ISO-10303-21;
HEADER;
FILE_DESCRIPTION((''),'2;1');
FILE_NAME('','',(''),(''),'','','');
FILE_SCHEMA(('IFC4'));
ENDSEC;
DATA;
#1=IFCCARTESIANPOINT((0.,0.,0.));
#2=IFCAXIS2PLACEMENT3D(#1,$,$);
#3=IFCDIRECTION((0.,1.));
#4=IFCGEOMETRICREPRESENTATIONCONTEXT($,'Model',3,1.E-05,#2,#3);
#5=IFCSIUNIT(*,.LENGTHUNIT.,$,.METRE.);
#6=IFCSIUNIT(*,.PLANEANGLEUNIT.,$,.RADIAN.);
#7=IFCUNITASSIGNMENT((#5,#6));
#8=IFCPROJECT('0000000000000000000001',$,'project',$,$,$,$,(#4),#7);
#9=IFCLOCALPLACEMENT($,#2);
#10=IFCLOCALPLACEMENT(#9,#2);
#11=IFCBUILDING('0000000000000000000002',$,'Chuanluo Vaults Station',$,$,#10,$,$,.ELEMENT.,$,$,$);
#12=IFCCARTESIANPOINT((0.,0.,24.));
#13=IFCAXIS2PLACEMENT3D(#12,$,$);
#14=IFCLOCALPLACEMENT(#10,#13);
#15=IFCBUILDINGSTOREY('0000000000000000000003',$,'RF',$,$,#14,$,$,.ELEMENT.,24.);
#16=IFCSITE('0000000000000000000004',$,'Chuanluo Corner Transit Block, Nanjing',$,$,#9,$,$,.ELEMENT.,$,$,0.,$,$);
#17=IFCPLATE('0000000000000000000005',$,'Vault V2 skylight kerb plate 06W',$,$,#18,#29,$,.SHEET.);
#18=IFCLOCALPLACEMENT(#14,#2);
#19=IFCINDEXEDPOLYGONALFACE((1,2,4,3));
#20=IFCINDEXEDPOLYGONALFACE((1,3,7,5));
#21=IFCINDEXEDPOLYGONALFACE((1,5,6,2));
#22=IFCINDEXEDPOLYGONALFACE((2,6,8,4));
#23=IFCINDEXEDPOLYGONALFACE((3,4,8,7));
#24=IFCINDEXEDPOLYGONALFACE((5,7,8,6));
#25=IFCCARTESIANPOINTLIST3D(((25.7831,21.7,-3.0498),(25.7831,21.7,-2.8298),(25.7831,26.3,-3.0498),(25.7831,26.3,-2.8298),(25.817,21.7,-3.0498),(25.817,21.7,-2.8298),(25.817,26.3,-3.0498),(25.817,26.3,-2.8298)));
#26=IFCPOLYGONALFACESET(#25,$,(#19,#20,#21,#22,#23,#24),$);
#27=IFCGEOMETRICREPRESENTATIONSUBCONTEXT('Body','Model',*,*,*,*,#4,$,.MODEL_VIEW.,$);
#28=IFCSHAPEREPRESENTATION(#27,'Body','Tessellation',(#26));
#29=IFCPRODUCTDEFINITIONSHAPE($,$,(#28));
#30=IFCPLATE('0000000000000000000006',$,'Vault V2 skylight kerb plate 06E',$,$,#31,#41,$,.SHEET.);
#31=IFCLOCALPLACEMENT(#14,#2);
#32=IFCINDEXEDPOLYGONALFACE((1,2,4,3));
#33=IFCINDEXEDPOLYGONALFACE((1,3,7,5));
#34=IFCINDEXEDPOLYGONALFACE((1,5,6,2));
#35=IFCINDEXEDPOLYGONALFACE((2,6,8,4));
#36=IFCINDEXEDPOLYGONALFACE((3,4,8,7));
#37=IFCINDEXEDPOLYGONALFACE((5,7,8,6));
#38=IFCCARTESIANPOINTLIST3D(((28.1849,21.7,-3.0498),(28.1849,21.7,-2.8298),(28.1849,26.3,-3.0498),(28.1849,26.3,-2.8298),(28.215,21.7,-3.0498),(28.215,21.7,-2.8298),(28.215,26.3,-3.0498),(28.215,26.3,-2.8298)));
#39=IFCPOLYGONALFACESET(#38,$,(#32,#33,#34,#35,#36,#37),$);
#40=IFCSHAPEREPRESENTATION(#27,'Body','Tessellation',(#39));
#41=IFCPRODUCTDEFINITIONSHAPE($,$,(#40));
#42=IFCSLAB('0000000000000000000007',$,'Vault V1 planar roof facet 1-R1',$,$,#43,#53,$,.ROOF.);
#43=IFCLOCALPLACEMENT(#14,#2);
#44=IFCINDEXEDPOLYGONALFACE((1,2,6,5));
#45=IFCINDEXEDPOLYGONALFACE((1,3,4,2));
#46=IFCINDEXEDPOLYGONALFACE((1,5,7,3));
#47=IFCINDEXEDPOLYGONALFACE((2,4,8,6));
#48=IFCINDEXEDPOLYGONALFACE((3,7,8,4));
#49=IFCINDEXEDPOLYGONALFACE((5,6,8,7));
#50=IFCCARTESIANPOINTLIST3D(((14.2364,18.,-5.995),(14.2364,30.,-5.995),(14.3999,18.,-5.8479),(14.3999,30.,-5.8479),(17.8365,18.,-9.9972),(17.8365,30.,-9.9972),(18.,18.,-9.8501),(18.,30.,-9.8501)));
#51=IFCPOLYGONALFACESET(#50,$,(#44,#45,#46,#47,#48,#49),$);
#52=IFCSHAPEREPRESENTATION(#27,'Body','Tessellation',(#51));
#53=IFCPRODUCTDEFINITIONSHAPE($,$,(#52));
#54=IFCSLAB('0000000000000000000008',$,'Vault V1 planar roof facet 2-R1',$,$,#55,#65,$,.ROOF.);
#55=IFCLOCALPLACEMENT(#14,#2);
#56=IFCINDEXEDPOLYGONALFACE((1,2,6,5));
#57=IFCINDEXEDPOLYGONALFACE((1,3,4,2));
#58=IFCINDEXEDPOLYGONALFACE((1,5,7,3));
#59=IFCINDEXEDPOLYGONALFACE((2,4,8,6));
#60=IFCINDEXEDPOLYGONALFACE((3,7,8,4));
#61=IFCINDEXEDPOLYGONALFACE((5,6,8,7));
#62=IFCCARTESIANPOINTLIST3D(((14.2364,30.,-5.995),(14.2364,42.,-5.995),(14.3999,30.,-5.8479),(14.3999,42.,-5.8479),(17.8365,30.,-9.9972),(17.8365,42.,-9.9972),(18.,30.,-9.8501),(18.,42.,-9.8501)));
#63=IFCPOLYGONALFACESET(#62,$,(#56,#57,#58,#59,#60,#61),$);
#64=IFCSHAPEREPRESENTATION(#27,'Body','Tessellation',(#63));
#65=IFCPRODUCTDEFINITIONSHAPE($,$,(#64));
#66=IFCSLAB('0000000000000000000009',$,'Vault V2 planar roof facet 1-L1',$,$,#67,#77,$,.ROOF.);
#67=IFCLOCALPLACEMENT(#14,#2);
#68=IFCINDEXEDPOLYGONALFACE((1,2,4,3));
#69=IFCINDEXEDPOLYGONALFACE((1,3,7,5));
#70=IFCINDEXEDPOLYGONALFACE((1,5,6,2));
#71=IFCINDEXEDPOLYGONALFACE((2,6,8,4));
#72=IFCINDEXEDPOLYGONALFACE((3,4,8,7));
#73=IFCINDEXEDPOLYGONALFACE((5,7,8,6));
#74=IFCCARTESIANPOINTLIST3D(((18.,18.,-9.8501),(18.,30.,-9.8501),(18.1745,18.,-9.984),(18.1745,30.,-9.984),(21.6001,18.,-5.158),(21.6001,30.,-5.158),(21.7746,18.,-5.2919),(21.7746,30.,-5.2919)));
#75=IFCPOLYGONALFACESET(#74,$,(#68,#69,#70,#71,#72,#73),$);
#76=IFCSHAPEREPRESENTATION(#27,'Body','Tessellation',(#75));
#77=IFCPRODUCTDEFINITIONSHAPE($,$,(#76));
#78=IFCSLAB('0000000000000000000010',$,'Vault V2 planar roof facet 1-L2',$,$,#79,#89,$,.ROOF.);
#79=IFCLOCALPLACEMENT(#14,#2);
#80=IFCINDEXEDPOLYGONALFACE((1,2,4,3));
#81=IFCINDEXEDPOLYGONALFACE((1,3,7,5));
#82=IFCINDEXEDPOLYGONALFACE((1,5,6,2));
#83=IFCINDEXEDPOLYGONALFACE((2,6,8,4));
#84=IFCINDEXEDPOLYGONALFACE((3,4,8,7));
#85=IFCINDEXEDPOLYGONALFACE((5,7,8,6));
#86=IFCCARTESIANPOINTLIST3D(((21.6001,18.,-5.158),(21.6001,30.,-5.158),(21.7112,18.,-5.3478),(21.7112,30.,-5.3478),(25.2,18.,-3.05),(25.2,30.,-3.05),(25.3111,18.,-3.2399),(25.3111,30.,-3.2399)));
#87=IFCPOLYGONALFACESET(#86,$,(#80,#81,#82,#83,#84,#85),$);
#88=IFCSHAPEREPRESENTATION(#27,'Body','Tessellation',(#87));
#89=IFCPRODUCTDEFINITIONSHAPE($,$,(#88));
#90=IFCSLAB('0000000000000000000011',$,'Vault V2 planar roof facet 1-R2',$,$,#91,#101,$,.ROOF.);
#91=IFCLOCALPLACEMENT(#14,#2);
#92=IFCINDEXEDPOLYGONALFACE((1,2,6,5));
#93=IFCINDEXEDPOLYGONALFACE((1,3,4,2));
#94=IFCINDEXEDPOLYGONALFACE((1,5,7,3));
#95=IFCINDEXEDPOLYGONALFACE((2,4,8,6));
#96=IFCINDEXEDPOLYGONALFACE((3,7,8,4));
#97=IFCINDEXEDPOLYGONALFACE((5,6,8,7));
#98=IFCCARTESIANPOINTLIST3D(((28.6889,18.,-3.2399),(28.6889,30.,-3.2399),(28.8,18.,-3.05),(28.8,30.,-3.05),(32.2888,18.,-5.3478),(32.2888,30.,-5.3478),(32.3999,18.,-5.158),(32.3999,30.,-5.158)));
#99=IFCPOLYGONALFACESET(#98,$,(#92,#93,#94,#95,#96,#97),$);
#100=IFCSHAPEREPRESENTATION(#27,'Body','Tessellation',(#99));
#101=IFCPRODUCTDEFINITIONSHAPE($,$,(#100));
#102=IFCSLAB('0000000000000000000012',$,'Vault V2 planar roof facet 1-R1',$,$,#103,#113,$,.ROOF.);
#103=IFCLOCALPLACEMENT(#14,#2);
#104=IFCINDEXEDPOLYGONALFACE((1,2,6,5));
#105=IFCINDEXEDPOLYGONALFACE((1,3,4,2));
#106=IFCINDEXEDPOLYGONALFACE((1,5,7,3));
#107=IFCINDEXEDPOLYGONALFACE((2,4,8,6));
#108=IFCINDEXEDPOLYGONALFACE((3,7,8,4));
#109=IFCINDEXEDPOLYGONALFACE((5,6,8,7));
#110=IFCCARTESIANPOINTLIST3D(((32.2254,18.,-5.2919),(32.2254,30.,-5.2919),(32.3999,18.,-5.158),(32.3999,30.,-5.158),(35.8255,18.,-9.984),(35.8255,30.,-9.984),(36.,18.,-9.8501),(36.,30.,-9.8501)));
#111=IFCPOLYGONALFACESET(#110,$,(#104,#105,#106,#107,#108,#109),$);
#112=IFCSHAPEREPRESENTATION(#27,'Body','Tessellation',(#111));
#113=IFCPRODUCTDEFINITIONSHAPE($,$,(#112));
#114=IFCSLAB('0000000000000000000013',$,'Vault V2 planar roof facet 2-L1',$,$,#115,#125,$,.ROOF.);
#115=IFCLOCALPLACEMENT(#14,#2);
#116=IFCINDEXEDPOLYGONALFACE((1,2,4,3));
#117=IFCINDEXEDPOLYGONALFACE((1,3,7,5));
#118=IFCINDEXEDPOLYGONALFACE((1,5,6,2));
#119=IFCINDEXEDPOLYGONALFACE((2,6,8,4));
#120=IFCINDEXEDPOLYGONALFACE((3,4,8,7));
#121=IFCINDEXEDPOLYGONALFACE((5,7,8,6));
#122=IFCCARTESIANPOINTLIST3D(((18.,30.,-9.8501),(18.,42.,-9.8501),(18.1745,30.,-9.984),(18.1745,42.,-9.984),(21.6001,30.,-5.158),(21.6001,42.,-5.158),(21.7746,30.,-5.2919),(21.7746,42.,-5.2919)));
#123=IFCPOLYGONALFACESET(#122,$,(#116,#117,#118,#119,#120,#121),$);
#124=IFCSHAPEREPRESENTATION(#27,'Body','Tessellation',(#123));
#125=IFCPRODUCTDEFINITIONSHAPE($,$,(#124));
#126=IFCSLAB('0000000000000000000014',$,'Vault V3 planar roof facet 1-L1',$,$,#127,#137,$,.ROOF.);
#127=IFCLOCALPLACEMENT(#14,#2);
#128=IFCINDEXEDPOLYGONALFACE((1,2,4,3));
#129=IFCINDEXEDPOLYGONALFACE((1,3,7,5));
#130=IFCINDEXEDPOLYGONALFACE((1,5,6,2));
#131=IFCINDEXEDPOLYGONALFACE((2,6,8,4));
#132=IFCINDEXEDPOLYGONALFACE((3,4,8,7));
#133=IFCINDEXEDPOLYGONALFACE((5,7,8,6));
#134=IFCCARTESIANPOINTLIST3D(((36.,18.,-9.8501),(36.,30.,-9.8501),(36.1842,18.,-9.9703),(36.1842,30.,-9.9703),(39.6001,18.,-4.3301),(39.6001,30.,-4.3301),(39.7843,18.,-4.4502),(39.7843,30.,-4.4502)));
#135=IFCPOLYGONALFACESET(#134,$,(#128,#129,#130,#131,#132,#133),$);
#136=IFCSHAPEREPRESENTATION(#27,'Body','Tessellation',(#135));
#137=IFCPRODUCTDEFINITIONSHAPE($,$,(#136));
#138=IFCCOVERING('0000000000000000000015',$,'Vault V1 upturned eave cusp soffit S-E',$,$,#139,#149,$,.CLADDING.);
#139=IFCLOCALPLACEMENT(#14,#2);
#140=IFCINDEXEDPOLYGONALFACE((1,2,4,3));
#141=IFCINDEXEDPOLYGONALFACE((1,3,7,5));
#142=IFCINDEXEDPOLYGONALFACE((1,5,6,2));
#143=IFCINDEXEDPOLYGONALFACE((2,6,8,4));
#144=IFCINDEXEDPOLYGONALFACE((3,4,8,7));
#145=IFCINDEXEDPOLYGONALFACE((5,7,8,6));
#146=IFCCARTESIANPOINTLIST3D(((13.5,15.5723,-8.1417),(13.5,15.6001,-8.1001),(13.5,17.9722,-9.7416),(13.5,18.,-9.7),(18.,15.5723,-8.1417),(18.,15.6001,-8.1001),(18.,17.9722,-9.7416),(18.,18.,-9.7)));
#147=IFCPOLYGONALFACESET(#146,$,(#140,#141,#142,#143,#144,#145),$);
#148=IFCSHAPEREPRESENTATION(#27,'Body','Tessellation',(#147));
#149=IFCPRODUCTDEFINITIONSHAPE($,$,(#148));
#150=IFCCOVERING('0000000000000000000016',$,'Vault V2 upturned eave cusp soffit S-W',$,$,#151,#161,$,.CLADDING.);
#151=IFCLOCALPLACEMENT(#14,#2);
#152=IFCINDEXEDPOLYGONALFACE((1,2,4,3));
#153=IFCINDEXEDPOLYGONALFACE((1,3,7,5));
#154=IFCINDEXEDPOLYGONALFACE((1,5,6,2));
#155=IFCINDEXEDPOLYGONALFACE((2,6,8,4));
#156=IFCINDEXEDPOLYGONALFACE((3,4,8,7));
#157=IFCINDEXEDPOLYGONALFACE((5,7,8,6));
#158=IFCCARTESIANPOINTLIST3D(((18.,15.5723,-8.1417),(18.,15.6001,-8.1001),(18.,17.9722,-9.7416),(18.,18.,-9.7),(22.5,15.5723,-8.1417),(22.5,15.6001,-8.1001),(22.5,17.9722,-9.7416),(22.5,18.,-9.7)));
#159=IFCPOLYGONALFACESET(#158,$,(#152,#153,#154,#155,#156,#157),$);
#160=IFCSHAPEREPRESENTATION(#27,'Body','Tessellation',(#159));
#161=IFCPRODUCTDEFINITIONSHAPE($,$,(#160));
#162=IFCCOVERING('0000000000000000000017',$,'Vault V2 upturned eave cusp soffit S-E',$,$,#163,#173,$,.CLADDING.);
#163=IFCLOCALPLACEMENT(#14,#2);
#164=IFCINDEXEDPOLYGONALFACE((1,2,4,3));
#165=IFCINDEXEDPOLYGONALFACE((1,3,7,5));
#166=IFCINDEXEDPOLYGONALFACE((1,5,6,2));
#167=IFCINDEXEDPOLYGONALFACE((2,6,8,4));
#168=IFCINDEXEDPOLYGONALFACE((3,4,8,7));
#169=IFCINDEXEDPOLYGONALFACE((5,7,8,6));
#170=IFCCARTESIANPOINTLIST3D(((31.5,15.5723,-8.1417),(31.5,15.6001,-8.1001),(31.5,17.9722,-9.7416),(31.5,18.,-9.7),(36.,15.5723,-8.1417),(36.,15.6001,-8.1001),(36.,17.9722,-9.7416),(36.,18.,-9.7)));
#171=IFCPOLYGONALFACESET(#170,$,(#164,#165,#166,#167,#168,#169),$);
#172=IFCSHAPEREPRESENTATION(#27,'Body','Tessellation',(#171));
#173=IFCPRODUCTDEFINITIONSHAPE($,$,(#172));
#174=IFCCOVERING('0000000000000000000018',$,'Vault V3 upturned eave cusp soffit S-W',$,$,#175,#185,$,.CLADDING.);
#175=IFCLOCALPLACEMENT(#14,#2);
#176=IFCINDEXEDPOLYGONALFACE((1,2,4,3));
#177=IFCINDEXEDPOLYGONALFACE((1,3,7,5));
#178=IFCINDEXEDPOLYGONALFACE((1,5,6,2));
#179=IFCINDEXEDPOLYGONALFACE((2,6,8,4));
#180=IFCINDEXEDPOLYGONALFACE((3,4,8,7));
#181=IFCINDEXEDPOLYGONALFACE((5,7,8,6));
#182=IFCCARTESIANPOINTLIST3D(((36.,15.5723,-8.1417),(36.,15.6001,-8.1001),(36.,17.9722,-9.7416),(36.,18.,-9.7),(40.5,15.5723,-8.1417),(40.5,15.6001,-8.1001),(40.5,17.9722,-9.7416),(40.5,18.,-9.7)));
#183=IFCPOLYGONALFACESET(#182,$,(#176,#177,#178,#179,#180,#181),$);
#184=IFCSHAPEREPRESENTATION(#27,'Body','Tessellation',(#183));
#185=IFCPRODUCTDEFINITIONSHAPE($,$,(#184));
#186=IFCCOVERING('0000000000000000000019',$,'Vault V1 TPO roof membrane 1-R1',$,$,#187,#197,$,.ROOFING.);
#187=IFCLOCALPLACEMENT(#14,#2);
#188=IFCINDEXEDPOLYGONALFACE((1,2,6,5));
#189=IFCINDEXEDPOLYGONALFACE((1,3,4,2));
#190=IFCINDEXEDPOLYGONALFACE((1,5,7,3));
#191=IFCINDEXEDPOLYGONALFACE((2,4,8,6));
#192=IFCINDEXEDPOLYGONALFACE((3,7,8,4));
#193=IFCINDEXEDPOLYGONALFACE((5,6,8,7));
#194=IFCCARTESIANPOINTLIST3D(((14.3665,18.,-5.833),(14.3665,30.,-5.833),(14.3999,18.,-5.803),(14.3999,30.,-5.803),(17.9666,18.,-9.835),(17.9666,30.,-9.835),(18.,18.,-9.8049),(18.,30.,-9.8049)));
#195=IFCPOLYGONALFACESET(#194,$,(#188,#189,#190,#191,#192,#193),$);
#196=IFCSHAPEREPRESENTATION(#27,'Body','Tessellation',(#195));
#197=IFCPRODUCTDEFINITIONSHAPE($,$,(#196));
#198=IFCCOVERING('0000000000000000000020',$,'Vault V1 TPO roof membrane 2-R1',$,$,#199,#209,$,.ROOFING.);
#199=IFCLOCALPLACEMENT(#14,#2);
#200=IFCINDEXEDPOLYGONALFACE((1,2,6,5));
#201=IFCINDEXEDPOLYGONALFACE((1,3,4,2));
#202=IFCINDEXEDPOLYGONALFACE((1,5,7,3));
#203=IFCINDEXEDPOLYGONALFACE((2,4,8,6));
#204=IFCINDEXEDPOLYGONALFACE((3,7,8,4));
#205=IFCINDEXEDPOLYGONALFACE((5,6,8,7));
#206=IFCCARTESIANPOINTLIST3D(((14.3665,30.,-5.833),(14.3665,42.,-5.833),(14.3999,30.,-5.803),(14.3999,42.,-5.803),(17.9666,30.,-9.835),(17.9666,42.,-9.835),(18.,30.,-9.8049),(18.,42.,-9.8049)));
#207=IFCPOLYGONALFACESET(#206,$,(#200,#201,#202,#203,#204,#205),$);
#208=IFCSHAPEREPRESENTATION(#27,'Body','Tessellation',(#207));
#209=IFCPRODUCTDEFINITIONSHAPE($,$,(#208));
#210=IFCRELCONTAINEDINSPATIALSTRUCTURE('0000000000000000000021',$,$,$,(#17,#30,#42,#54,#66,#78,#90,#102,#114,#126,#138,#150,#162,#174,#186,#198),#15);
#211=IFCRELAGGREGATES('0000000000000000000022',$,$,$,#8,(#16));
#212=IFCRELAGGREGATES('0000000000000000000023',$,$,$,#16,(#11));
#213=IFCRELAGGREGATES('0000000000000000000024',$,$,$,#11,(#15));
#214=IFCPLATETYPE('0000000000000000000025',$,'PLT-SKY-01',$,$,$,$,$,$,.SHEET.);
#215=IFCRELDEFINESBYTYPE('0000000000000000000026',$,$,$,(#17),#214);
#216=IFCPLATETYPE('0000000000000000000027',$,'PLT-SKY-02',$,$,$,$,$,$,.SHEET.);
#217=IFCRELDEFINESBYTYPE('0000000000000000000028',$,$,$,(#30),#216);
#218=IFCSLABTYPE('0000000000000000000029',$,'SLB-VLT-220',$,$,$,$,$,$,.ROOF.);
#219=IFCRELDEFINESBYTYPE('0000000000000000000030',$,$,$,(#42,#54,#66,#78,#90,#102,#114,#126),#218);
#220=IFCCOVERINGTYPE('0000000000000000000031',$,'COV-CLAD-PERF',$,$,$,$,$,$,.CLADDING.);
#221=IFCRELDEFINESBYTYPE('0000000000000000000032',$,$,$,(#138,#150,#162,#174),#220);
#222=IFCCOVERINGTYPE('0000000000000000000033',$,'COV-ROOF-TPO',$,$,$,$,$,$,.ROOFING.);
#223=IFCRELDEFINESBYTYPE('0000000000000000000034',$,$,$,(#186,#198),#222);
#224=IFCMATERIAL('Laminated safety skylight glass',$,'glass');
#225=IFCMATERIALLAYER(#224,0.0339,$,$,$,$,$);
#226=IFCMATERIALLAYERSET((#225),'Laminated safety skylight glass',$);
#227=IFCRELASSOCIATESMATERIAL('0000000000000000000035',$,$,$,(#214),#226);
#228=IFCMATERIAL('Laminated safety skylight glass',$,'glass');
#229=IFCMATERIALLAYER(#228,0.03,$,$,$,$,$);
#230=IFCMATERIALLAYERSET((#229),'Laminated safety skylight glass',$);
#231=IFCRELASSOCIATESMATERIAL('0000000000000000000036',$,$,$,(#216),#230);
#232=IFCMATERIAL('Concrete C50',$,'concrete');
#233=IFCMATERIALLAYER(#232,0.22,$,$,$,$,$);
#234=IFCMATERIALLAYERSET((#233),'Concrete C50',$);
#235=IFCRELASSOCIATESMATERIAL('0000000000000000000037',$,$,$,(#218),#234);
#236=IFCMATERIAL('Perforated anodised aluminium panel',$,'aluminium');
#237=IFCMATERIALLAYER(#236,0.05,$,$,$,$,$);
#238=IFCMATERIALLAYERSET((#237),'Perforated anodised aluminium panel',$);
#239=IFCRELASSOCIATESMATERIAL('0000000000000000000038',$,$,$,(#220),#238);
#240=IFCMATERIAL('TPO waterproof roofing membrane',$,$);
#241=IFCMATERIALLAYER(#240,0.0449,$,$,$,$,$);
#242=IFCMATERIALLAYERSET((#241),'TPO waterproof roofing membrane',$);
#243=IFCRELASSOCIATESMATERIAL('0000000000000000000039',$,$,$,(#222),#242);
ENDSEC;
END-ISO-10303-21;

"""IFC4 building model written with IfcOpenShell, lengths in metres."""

from ifc_helpers import new_model, si_unit, direction, frame, origin, origin_2d, place, context, subcontext, project, spatial, polyline, rectangle, outline, extrude, material, layer, layer_set, type_object, element, save


model = new_model("IFC4")

# Units and contexts
model_context = context("Model", 3, precision=1e-05, world=origin(), true_north=direction((0.0, 1.0)))
body_context = subcontext(model_context, "Body", "Model", "MODEL_VIEW")
ifc_project = project(units=[si_unit("LENGTHUNIT", "METRE"), si_unit("PLANEANGLEUNIT", "RADIAN")], contexts=[model_context])

# Site, building, storey
site_placement = place(None, origin())
site = spatial("IfcSite", under=ifc_project, at=site_placement, Name="Chuanluo Corner Transit Block, Nanjing", CompositionType="ELEMENT", RefElevation=0.0)
building_placement = place(site_placement, origin())
building = spatial("IfcBuilding", under=site, at=building_placement, Name="Chuanluo Vaults Station", CompositionType="ELEMENT")
storey_placement = place(building_placement, frame((0.0, 0.0, 24.0)))
storey = spatial("IfcBuildingStorey", under=building, at=storey_placement, Name="RF", CompositionType="ELEMENT", Elevation=24.0)

# Plates
ifc_material_1 = material(Name="Laminated safety skylight glass", Category="glass")
ifc_layer_1 = layer(ifc_material_1, 0.0339)
ifc_layer_set_1 = layer_set([ifc_layer_1], Name="Laminated safety skylight glass")
plate_type_1 = type_object("IfcPlateType", Name="PLT-SKY-01", PredefinedType="SHEET", material=ifc_layer_set_1)
plate_1_placement = place(storey_placement, frame((25.8, 24.0, -3.0498), z_axis=(0.0, 0.0, 1.0), x_axis=(1.0, 0.0, 0.0)))
element("IfcPlate", 1, at=plate_1_placement, inside=storey, type_object=plate_type_1, Name="Vault V2 skylight kerb plate 06W", PredefinedType="SHEET", context=body_context, shape_type="SweptSolid", body=[
    extrude(rectangle(XDim=0.0339, YDim=4.6001, at=origin_2d()), origin(), (0.0, 0.0, 1.0), 0.22),
])
ifc_material_2 = material(Name="Laminated safety skylight glass", Category="glass")
ifc_layer_2 = layer(ifc_material_2, 0.03)
ifc_layer_set_2 = layer_set([ifc_layer_2], Name="Laminated safety skylight glass")
plate_type_2 = type_object("IfcPlateType", Name="PLT-SKY-02", PredefinedType="SHEET", material=ifc_layer_set_2)
plate_2_placement = place(storey_placement, frame((28.2, 24.0, -3.0498), z_axis=(0.0, 0.0, 1.0), x_axis=(1.0, 0.0, 0.0)))
element("IfcPlate", 2, at=plate_2_placement, inside=storey, type_object=plate_type_2, Name="Vault V2 skylight kerb plate 06E", PredefinedType="SHEET", context=body_context, shape_type="SweptSolid", body=[
    extrude(rectangle(XDim=0.03, YDim=4.6001, at=origin_2d()), origin(), (0.0, 0.0, 1.0), 0.22),
])

# Slabs
ifc_material_3 = material(Name="Concrete C50", Category="concrete")
ifc_layer_3 = layer(ifc_material_3, 0.22)
ifc_layer_set_3 = layer_set([ifc_layer_3], Name="Concrete C50")
slab_type = type_object("IfcSlabType", Name="SLB-VLT-220", PredefinedType="ROOF", material=ifc_layer_set_3)
for number, where, z_axis, x_axis, name in (
    (3, (14.3999, 18.0, -5.8479), (0.743468, 0.0, 0.668772), (0.668772, 0.0, -0.743468), "Vault V1 planar roof facet 1-R1"),
    (4, (14.3999, 30.0, -5.8479), (0.743468, 0.0, 0.668772), (0.668772, 0.0, -0.743468), "Vault V1 planar roof facet 2-R1"),
):
    element("IfcSlab", number, at=place(storey_placement, frame(where, z_axis=z_axis, x_axis=x_axis)), inside=storey, type_object=slab_type, Name=name, PredefinedType="ROOF", context=body_context, shape_type="SweptSolid", body=[
        extrude(outline(polyline([(0.0, 0.0), (5.3831, 0.0), (5.3831, 12.0), (0.0, 12.0), (0.0, 0.0)])), origin(), (0.0, 0.0, -1.0), 0.22),
    ])
slab_1_placement = place(storey_placement, frame((18.0, 18.0, -9.8501), z_axis=(-0.793378, 0.0, 0.608729), x_axis=(0.608729, 0.0, 0.793378)))
element("IfcSlab", 5, at=slab_1_placement, inside=storey, type_object=slab_type, Name="Vault V2 planar roof facet 1-L1", PredefinedType="ROOF", context=body_context, shape_type="SweptSolid", body=[
    extrude(outline(polyline([(0.0, 0.0), (5.9141, 0.0), (5.9141, 12.0), (0.0, 12.0), (0.0, 0.0)])), origin(), (0.0, 0.0, -1.0), 0.22),
])
for number, where, z_axis, x_axis, name in (
    (6, (21.6001, 18.0, -5.158), (-0.5053, 0.0, 0.862944), (0.862944, 0.0, 0.5053), "Vault V2 planar roof facet 1-L2"),
    (7, (28.8, 18.0, -3.05), (0.5053, 0.0, 0.862944), (0.862944, 0.0, -0.5053), "Vault V2 planar roof facet 1-R2"),
):
    element("IfcSlab", number, at=place(storey_placement, frame(where, z_axis=z_axis, x_axis=x_axis)), inside=storey, type_object=slab_type, Name=name, PredefinedType="ROOF", context=body_context, shape_type="SweptSolid", body=[
        extrude(outline(polyline([(0.0, 0.0), (4.1716, 0.0), (4.1716, 12.0), (0.0, 12.0), (0.0, 0.0)])), origin(), (0.0, 0.0, -1.0), 0.22),
    ])
for number, where, z_axis, x_axis, name in (
    (8, (32.3999, 18.0, -5.158), (0.793378, 0.0, 0.608729), (0.608729, 0.0, -0.793378), "Vault V2 planar roof facet 1-R1"),
    (9, (18.0, 30.0, -9.8501), (-0.793378, 0.0, 0.608729), (0.608729, 0.0, 0.793378), "Vault V2 planar roof facet 2-L1"),
):
    element("IfcSlab", number, at=place(storey_placement, frame(where, z_axis=z_axis, x_axis=x_axis)), inside=storey, type_object=slab_type, Name=name, PredefinedType="ROOF", context=body_context, shape_type="SweptSolid", body=[
        extrude(outline(polyline([(0.0, 0.0), (5.9141, 0.0), (5.9141, 12.0), (0.0, 12.0), (0.0, 0.0)])), origin(), (0.0, 0.0, -1.0), 0.22),
    ])
slab_2_placement = place(storey_placement, frame((36.0, 18.0, -9.8501), z_axis=(-0.837605, 0.0, 0.546277), x_axis=(0.546277, 0.0, 0.837605)))
element("IfcSlab", 10, at=slab_2_placement, inside=storey, type_object=slab_type, Name="Vault V3 planar roof facet 1-L1", PredefinedType="ROOF", context=body_context, shape_type="SweptSolid", body=[
    extrude(outline(polyline([(0.0, 0.0), (6.5902, 0.0), (6.5902, 12.0), (0.0, 12.0), (0.0, 0.0)])), origin(), (0.0, 0.0, -1.0), 0.22),
])

# Coverings
ifc_material_4 = material(Name="Perforated anodised aluminium panel", Category="aluminium")
ifc_layer_4 = layer(ifc_material_4, 0.05)
ifc_layer_set_4 = layer_set([ifc_layer_4], Name="Perforated anodised aluminium panel")
covering_type_1 = type_object("IfcCoveringType", Name="COV-CLAD-PERF", PredefinedType="CLADDING", material=ifc_layer_set_4)
for number, where, z_axis, x_axis, name in (
    (11, (13.5, 18.0, -9.7), (0.0, 0.554681, 0.832063), (1.0, 0.0, 0.0), "Vault V1 upturned eave cusp soffit S-E"),
    (12, (18.0, 18.0, -9.7), (0.0, 0.554681, 0.832063), (1.0, 0.0, 0.0), "Vault V2 upturned eave cusp soffit S-W"),
    (13, (31.5, 18.0, -9.7), (0.0, 0.554681, 0.832063), (1.0, 0.0, 0.0), "Vault V2 upturned eave cusp soffit S-E"),
    (14, (36.0, 18.0, -9.7), (0.0, 0.554681, 0.832063), (1.0, 0.0, 0.0), "Vault V3 upturned eave cusp soffit S-W"),
):
    element("IfcCovering", number, at=place(storey_placement, frame(where, z_axis=z_axis, x_axis=x_axis)), inside=storey, type_object=covering_type_1, Name=name, PredefinedType="CLADDING", context=body_context, shape_type="SweptSolid", body=[
        extrude(outline(polyline([(0.0, 0.0), (4.5, 0.0), (4.5, -2.8843), (0.0, -2.8843), (0.0, 0.0)])), origin(), (0.0, 0.0, -1.0), 0.05),
    ])
ifc_material_5 = material(Name="TPO waterproof roofing membrane")
ifc_layer_5 = layer(ifc_material_5, 0.0449)
ifc_layer_set_5 = layer_set([ifc_layer_5], Name="TPO waterproof roofing membrane")
covering_type_2 = type_object("IfcCoveringType", Name="COV-ROOF-TPO", PredefinedType="ROOFING", material=ifc_layer_set_5)
for number, where, z_axis, x_axis, name in (
    (15, (14.3999, 18.0, -5.803), (0.743447, 0.0, 0.668794), (0.668794, 0.0, -0.743447), "Vault V1 TPO roof membrane 1-R1"),
    (16, (14.3999, 30.0, -5.803), (0.743447, 0.0, 0.668794), (0.668794, 0.0, -0.743447), "Vault V1 TPO roof membrane 2-R1"),
):
    element("IfcCovering", number, at=place(storey_placement, frame(where, z_axis=z_axis, x_axis=x_axis)), inside=storey, type_object=covering_type_2, Name=name, PredefinedType="ROOFING", context=body_context, shape_type="SweptSolid", body=[
        extrude(outline(polyline([(0.0, 0.0), (5.383, 0.0), (5.383, 12.0), (0.0, 12.0), (0.0, 0.0)])), origin(), (0.0, 0.0, -1.0), 0.0449),
    ])

save(model, "model.ifc")
